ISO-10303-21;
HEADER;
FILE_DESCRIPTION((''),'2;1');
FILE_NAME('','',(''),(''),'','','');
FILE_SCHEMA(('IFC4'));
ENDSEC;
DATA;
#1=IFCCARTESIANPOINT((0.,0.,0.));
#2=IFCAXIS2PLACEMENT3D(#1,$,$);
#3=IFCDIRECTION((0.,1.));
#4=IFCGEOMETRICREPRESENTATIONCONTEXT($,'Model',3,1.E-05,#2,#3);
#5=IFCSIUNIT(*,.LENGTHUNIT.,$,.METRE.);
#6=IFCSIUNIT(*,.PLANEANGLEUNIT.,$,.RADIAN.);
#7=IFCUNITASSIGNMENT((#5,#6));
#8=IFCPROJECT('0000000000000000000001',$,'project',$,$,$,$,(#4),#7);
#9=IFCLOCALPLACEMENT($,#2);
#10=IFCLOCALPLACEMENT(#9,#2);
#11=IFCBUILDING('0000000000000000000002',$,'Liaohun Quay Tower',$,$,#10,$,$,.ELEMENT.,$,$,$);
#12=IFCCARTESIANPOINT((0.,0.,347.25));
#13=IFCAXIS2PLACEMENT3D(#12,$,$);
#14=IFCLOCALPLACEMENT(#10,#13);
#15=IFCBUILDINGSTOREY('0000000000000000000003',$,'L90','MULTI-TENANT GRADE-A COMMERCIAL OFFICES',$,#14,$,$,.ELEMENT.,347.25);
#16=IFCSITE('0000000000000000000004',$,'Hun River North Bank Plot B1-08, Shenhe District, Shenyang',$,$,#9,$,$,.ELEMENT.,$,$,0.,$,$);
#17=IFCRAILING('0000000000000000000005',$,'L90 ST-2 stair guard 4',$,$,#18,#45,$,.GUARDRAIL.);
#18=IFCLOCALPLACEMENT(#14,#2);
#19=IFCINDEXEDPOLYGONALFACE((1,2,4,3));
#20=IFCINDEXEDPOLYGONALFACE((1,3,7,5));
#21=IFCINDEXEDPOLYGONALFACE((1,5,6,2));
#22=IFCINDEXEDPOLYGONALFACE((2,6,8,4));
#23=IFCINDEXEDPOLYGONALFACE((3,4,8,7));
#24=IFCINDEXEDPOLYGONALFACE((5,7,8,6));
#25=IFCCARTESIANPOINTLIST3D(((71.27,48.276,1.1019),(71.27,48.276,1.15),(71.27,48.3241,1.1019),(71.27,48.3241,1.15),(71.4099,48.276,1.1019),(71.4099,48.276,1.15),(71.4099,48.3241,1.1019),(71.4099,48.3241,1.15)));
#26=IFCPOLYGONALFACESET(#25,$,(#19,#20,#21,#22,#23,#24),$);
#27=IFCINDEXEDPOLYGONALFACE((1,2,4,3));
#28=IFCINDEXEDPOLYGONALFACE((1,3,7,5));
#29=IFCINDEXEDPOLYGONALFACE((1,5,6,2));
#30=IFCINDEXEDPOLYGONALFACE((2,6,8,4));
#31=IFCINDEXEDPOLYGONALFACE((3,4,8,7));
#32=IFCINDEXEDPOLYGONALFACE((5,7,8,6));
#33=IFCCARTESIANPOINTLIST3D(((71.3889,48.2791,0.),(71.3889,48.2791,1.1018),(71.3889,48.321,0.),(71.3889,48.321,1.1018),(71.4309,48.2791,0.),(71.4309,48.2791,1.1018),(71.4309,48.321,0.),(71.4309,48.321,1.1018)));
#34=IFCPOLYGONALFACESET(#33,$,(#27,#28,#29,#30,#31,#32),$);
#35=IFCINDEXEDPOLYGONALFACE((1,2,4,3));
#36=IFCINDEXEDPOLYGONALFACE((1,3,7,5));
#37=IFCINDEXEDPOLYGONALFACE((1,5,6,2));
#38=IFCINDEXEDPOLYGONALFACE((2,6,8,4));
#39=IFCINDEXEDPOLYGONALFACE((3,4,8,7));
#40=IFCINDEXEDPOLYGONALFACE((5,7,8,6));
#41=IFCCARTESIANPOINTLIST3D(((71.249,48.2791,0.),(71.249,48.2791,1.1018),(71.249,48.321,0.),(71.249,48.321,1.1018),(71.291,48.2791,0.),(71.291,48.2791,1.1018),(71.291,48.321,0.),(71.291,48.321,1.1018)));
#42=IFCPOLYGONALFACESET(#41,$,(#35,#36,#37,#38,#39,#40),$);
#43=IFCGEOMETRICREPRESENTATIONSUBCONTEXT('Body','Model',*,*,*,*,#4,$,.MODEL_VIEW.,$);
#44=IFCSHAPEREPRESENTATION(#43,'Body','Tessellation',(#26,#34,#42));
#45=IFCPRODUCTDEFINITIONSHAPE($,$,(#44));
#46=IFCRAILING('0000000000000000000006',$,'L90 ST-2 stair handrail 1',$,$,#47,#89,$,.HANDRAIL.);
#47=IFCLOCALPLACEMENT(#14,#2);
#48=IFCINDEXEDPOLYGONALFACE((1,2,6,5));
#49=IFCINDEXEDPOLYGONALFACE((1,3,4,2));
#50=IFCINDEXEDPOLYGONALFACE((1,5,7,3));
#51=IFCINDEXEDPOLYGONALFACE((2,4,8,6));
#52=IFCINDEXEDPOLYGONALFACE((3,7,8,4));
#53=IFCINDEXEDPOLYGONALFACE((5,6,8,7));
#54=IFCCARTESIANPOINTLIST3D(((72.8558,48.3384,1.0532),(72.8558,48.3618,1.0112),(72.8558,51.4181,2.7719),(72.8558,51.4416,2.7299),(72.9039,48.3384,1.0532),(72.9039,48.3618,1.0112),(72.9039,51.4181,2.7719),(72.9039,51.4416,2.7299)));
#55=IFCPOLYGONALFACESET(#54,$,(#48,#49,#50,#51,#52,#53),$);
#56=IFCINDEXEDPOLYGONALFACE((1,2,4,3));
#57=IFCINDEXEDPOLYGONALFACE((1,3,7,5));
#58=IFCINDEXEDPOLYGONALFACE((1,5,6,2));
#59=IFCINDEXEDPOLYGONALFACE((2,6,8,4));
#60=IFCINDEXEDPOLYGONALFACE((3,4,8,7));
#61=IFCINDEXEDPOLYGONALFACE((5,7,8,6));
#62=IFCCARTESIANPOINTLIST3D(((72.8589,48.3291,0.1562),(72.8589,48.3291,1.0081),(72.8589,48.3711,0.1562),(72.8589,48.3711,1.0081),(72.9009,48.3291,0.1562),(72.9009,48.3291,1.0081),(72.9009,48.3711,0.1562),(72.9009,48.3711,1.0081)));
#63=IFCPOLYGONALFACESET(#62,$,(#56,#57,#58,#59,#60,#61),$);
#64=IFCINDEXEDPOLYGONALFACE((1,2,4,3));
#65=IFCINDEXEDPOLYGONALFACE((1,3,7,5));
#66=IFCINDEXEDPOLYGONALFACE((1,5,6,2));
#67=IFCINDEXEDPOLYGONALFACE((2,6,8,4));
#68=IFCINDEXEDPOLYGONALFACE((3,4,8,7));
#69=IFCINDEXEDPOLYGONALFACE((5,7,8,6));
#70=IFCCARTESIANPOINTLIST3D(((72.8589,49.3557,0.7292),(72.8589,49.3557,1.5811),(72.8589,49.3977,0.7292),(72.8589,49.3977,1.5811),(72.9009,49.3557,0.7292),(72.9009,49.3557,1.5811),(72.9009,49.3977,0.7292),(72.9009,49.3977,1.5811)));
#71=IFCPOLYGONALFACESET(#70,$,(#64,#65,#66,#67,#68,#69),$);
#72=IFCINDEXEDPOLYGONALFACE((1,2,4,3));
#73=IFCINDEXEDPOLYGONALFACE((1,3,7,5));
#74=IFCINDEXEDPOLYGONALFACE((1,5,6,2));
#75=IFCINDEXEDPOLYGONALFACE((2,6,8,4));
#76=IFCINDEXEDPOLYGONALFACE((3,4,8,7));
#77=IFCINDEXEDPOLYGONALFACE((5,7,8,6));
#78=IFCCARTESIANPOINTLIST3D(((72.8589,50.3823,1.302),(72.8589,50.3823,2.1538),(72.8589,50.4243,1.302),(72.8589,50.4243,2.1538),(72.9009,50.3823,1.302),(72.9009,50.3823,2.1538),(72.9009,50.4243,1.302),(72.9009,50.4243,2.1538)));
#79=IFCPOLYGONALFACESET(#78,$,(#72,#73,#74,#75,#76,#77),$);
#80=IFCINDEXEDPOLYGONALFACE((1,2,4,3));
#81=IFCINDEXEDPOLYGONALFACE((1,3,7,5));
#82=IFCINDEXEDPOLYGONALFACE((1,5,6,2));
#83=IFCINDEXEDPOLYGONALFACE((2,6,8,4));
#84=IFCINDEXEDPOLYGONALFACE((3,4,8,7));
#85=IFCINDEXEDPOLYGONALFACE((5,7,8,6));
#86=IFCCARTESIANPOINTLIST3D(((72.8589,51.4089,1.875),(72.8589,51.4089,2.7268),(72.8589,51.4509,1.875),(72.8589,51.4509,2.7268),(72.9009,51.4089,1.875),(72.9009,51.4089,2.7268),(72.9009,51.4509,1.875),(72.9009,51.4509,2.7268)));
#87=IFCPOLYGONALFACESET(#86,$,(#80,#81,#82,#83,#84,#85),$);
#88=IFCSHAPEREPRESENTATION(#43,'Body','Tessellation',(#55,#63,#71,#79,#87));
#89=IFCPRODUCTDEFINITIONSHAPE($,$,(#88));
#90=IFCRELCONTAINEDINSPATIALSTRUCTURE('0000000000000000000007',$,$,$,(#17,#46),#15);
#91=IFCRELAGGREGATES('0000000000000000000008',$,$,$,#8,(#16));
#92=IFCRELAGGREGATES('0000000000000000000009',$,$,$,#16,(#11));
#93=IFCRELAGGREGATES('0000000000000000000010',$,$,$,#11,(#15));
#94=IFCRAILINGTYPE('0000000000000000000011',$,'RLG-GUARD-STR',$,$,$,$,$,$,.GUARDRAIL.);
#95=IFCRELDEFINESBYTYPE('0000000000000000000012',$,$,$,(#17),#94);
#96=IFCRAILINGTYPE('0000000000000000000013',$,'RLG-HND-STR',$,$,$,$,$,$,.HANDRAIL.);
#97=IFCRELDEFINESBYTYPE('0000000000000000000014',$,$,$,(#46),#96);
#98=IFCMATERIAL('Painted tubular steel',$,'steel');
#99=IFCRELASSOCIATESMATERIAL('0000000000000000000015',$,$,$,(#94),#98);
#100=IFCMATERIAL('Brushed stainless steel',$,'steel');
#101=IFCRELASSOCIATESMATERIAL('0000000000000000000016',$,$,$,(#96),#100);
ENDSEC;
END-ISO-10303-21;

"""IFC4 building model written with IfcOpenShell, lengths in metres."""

from ifc_helpers import new_model, si_unit, direction, frame, origin, origin_2d, place, context, subcontext, project, spatial, rectangle, extrude, material, type_object, element, save


model = new_model("IFC4")

# Units and contexts
model_context = context("Model", 3, precision=1e-05, world=origin(), true_north=direction((0.0, 1.0)))
body_context = subcontext(model_context, "Body", "Model", "MODEL_VIEW")
ifc_project = project(units=[si_unit("LENGTHUNIT", "METRE"), si_unit("PLANEANGLEUNIT", "RADIAN")], contexts=[model_context])

# Site, building, storey
site_placement = place(None, origin())
site = spatial("IfcSite", under=ifc_project, at=site_placement, Name="Hun River North Bank Plot B1-08, Shenhe District, Shenyang", CompositionType="ELEMENT", RefElevation=0.0)
building_placement = place(site_placement, origin())
building = spatial("IfcBuilding", under=site, at=building_placement, Name="Liaohun Quay Tower", CompositionType="ELEMENT")
storey_placement = place(building_placement, frame((0.0, 0.0, 347.25)))
storey = spatial("IfcBuildingStorey", under=building, at=storey_placement, Name="L90", Description="MULTI-TENANT GRADE-A COMMERCIAL OFFICES", CompositionType="ELEMENT", Elevation=347.25)

# Railings
ifc_material_1 = material(Name="Painted tubular steel", Category="steel")
railing_type_1 = type_object("IfcRailingType", Name="RLG-GUARD-STR", PredefinedType="GUARDRAIL", material=ifc_material_1)
railing_1_placement = place(storey_placement, frame((71.4099, 48.3, 0.0)))
element("IfcRailing", 1, at=railing_1_placement, inside=storey, type_object=railing_type_1, Name="L90 ST-2 stair guard 4", PredefinedType="GUARDRAIL", context=body_context, shape_type="SweptSolid", body=[
    extrude(rectangle(XDim=0.0481, YDim=0.0481, at=origin_2d()), frame((0.0, 0.0, 1.126), z_axis=(-1.0, 0.0, 0.0), x_axis=(0.0, -1.0, 0.0)), (0.0, 0.0, 1.0), 0.1399),
    extrude(rectangle(XDim=0.042, YDim=0.042, at=origin_2d()), origin(), (0.0, 0.0, 1.0), 1.1018),
    extrude(rectangle(XDim=0.042, YDim=0.042, at=origin_2d()), frame((-0.1399, 0.0, 0.0)), (0.0, 0.0, 1.0), 1.1018),
])
ifc_material_2 = material(Name="Brushed stainless steel", Category="steel")
railing_type_2 = type_object("IfcRailingType", Name="RLG-HND-STR", PredefinedType="HANDRAIL", material=ifc_material_2)
railing_2_placement = place(storey_placement, frame((72.8799, 48.3501, 0.1562)))
element("IfcRailing", 2, at=railing_2_placement, inside=storey, type_object=railing_type_2, Name="L90 ST-2 stair handrail 1", PredefinedType="HANDRAIL", context=body_context, shape_type="SweptSolid", body=[
    extrude(rectangle(XDim=0.0481, YDim=0.0481, at=origin_2d()), frame((0.0, 0.0, 0.876), z_axis=(0.0, 0.873225, 0.487317), x_axis=(-1.0, 0.0, 0.0)), (0.0, 0.0, 1.0), 3.5269),
    extrude(rectangle(XDim=0.042, YDim=0.042, at=origin_2d()), origin(), (0.0, 0.0, 1.0), 0.8518),
    extrude(rectangle(XDim=0.042, YDim=0.042, at=origin_2d()), frame((0.0, 1.0266, 0.573)), (0.0, 0.0, 1.0), 0.8518),
    extrude(rectangle(XDim=0.042, YDim=0.042, at=origin_2d()), frame((0.0, 2.0532, 1.1458)), (0.0, 0.0, 1.0), 0.8518),
    extrude(rectangle(XDim=0.042, YDim=0.042, at=origin_2d()), frame((0.0, 3.0798, 1.7188)), (0.0, 0.0, 1.0), 0.8518),
])

save(model, "model.ifc")
